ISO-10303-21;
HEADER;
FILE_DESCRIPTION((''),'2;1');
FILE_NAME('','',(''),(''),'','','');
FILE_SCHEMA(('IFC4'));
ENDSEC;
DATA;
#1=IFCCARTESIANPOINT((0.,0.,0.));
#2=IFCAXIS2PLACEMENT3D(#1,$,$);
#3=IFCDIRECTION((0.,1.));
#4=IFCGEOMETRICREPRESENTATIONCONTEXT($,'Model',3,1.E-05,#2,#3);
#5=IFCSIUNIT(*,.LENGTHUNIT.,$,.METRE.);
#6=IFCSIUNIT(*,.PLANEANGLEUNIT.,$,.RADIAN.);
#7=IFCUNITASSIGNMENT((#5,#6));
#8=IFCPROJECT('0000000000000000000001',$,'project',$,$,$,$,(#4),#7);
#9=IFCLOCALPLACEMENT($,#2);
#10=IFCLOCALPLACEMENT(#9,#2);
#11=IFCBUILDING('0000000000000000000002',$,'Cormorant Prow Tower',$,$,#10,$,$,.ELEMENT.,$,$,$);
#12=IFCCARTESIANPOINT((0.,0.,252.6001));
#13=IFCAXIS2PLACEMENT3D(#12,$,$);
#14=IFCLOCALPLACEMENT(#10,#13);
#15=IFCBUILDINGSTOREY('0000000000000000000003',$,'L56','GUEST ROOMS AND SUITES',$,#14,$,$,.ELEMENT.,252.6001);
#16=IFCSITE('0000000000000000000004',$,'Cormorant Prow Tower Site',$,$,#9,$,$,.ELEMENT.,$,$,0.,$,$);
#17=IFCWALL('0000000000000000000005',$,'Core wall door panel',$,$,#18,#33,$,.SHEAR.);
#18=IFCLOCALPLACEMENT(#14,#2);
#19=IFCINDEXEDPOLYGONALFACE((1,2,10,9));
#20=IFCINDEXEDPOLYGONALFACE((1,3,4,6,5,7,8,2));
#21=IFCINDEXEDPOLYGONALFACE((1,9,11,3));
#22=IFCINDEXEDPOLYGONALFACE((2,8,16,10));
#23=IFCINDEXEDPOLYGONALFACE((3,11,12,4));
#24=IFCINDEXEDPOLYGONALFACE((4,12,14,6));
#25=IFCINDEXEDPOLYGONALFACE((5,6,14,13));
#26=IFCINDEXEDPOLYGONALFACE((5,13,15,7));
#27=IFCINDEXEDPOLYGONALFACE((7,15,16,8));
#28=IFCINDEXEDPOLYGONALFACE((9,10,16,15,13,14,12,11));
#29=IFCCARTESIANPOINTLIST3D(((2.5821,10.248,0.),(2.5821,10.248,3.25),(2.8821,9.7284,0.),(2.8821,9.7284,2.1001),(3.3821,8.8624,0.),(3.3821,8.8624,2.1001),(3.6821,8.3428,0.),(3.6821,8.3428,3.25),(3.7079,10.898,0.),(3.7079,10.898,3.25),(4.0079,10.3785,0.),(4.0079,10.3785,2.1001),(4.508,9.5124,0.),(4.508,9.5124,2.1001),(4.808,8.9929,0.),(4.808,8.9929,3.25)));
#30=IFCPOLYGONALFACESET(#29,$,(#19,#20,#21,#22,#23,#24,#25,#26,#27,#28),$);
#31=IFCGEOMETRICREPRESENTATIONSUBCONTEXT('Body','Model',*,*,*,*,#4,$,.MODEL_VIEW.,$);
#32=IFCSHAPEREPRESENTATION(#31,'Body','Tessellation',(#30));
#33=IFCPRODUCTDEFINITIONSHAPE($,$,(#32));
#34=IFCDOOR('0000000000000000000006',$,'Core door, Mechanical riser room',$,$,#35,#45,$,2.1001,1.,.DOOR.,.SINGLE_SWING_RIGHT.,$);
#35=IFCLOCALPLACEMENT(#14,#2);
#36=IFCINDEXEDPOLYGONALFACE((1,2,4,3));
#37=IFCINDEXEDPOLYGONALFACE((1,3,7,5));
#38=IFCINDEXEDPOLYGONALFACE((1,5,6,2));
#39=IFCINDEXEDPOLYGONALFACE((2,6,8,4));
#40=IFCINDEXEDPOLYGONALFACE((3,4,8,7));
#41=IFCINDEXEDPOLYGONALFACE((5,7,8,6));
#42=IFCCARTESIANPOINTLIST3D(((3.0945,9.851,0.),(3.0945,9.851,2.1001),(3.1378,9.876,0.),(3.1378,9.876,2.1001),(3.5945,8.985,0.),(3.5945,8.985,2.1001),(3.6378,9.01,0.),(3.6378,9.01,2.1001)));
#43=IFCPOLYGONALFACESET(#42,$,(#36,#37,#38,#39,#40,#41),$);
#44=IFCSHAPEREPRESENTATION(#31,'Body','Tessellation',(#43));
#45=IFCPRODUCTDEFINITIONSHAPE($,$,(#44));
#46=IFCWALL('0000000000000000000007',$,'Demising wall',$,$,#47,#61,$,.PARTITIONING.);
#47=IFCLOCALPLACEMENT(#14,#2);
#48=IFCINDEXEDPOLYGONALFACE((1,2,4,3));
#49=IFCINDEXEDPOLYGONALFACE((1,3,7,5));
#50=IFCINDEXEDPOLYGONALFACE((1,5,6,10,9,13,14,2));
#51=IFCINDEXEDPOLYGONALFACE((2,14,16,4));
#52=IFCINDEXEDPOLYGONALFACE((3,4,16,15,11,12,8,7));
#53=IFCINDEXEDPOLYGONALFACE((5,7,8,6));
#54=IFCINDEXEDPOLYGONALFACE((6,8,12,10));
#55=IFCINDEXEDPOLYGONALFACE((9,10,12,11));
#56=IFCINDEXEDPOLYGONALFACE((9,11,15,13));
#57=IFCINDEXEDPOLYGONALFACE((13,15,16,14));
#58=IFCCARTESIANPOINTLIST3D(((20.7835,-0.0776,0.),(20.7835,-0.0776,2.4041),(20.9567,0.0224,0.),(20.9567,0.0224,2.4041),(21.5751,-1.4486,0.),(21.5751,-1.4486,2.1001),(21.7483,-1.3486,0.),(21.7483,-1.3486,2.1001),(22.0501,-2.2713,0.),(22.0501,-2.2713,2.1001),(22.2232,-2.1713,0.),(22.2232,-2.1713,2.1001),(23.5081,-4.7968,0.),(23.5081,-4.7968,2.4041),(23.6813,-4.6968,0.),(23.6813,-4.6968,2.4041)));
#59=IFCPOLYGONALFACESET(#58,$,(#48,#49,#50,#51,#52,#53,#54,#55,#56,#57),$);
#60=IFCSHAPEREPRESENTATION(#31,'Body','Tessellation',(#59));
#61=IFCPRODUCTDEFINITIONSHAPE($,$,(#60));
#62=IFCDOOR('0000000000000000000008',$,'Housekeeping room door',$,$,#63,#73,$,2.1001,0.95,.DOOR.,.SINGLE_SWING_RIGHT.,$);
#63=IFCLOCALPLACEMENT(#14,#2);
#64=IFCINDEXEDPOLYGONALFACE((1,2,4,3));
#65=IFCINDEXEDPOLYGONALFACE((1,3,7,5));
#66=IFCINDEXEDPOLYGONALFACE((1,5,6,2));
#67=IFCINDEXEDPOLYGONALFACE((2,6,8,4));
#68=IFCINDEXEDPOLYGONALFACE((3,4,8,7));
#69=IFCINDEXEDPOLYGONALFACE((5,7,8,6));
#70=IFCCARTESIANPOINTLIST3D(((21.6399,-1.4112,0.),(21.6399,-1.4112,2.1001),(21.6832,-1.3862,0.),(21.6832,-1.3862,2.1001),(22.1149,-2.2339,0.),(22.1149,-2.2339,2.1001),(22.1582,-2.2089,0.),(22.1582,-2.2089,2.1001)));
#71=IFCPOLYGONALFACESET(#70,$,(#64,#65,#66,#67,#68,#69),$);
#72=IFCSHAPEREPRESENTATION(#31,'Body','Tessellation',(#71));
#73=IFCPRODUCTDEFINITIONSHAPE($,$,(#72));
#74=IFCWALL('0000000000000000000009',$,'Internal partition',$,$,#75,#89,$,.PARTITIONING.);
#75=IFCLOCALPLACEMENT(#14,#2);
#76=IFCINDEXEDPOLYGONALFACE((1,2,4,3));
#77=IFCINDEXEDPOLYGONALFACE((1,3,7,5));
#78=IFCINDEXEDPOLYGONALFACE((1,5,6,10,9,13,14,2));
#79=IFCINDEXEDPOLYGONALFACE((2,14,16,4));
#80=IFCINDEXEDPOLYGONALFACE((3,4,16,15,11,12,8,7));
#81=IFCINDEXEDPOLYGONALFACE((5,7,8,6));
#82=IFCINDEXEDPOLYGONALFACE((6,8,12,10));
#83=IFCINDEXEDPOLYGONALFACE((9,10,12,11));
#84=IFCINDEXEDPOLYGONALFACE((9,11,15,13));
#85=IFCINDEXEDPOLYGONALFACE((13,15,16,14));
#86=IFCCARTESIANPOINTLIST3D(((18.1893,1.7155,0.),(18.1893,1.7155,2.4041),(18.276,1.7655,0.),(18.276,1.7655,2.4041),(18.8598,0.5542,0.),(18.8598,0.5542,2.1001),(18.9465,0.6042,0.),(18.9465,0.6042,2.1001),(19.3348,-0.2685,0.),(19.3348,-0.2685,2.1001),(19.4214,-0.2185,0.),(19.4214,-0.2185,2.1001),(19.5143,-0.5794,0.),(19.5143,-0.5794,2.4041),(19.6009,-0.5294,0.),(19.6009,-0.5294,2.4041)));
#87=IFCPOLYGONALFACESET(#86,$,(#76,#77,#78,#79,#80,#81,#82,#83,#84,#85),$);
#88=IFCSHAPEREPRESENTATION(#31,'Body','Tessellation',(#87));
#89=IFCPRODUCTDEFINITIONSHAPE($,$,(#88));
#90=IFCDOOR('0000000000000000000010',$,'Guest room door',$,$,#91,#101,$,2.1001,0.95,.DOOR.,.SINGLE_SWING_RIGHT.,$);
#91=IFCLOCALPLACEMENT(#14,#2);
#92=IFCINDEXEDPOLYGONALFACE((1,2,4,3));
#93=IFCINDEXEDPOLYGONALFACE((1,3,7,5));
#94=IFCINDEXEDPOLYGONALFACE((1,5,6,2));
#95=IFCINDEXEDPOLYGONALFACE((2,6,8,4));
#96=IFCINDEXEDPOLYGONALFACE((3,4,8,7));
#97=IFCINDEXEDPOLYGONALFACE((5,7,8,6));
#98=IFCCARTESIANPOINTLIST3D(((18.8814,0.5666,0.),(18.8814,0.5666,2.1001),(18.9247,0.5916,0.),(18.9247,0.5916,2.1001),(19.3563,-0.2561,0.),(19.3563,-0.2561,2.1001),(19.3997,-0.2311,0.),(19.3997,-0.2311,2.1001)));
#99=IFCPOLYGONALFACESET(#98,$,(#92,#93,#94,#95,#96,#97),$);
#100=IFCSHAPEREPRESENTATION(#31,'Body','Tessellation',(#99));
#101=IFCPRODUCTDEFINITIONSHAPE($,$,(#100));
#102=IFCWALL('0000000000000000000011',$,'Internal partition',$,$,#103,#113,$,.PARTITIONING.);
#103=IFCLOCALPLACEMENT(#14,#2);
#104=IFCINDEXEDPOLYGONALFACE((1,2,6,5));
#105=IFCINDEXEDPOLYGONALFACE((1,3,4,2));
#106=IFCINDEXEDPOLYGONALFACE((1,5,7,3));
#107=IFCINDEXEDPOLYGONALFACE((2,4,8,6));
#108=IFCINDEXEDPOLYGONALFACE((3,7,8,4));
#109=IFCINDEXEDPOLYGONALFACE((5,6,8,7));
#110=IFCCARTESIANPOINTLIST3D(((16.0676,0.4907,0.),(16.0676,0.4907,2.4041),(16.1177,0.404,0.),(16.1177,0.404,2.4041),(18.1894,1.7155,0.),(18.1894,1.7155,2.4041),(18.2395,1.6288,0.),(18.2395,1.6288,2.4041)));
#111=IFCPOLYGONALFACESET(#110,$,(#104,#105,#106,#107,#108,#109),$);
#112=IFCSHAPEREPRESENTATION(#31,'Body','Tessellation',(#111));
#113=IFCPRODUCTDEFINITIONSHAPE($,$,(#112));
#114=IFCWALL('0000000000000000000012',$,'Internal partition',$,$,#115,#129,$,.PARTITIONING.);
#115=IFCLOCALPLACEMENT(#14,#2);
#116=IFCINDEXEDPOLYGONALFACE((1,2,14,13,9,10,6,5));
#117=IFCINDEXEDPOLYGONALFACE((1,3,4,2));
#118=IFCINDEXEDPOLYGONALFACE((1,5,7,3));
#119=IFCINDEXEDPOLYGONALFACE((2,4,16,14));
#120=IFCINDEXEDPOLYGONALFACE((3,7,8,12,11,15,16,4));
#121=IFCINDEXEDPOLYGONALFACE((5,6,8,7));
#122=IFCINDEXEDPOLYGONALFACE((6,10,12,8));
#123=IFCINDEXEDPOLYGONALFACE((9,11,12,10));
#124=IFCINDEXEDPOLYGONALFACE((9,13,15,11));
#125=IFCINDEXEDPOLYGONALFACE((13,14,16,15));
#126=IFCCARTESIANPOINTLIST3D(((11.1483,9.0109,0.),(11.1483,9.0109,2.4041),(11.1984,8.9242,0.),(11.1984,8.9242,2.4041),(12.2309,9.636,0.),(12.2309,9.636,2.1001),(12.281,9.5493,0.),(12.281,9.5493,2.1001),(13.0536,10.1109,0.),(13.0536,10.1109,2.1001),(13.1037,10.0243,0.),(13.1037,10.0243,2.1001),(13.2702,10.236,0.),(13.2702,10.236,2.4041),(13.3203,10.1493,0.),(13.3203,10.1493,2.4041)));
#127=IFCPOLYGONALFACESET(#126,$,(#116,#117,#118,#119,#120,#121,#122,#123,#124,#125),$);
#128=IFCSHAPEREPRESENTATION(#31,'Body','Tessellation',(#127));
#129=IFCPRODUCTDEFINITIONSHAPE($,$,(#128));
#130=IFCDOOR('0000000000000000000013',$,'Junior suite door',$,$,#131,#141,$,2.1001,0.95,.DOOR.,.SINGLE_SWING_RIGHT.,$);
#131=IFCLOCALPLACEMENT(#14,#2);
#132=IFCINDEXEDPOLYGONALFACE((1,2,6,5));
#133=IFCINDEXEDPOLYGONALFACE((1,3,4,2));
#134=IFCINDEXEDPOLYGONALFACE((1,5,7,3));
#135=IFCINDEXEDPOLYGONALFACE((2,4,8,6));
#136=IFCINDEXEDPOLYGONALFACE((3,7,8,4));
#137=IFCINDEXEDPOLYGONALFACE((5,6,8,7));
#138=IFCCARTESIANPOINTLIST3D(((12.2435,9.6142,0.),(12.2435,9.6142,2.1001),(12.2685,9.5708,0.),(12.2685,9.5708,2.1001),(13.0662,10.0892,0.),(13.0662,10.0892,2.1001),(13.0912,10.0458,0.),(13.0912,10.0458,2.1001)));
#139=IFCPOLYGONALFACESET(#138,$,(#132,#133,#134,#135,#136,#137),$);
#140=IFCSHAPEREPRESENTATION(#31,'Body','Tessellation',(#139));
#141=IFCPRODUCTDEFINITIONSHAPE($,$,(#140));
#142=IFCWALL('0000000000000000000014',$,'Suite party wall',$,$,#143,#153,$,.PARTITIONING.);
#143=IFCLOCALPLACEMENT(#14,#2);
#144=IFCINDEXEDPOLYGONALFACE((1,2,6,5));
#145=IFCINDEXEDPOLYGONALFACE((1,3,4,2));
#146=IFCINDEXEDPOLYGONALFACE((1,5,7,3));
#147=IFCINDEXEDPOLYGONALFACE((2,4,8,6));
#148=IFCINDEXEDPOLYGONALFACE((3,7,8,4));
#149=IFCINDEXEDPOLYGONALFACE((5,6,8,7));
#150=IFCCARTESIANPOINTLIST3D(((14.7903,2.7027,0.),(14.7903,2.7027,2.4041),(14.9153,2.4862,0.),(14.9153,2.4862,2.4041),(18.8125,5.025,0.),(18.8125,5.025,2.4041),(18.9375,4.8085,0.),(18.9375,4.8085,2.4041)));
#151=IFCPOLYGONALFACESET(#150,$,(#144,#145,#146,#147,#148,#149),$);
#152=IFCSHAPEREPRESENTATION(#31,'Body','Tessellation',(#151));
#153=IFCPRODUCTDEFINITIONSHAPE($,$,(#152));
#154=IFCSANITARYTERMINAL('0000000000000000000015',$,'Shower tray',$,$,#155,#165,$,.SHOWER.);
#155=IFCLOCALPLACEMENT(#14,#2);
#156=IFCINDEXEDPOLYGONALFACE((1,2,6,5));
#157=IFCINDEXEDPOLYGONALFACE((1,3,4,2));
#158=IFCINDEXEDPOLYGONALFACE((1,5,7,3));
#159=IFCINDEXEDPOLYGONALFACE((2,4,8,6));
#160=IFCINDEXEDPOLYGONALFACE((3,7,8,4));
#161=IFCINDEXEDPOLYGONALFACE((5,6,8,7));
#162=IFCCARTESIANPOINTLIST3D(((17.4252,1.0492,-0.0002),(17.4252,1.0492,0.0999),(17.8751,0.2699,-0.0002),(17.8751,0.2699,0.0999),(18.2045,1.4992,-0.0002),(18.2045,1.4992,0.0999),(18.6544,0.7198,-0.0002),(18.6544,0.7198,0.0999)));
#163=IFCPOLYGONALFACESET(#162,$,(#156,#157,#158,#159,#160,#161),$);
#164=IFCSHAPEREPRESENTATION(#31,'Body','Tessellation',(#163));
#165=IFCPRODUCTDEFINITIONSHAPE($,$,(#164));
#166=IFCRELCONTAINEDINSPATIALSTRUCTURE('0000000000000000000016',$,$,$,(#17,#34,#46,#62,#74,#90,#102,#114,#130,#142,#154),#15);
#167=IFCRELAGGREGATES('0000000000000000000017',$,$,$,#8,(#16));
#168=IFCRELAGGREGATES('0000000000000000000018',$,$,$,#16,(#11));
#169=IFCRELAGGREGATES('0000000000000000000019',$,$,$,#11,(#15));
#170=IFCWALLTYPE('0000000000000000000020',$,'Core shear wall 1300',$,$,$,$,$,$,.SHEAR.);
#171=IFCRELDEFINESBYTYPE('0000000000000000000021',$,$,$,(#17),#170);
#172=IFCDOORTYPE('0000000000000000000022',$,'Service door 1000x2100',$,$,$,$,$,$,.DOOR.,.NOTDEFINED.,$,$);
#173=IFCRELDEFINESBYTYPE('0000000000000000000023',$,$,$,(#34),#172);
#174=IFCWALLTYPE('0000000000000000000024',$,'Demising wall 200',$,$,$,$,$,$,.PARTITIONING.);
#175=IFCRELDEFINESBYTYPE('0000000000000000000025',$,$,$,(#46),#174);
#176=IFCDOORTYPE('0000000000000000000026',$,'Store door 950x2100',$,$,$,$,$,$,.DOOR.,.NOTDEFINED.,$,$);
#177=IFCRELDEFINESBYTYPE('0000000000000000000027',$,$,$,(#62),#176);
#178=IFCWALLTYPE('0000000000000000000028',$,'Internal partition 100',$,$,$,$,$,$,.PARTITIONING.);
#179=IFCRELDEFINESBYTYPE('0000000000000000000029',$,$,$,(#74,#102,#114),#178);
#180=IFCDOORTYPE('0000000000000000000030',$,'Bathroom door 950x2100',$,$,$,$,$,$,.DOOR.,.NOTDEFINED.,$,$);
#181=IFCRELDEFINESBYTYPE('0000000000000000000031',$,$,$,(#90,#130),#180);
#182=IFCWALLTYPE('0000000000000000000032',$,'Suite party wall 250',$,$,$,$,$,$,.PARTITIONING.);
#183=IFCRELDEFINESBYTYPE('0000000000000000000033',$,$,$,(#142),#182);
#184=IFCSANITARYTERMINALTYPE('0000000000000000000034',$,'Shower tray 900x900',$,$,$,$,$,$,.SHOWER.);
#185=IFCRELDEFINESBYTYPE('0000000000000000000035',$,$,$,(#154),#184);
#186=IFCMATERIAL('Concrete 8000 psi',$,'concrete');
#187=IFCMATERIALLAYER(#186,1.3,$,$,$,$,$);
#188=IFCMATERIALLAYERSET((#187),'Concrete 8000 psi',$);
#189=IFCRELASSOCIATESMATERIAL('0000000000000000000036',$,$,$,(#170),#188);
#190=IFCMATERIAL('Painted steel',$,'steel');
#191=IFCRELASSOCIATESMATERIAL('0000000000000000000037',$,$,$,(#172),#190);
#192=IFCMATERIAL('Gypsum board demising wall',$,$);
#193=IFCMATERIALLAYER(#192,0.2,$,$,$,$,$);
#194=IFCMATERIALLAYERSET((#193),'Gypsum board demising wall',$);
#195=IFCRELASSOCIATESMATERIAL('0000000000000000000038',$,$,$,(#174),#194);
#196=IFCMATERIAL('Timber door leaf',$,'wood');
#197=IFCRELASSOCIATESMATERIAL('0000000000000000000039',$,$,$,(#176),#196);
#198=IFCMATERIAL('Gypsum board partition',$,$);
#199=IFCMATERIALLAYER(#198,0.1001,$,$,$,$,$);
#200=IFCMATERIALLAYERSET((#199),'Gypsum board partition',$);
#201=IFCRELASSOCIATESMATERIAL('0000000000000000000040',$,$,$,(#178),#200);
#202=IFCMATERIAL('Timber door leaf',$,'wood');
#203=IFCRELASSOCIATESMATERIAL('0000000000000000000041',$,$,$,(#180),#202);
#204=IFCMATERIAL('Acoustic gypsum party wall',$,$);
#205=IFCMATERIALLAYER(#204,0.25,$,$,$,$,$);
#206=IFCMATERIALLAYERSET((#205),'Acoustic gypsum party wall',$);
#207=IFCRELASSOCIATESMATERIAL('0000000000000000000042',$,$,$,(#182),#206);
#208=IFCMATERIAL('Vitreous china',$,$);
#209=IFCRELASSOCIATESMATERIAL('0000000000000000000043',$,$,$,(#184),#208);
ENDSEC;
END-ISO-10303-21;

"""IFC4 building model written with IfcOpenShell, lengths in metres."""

from ifc_helpers import new_model, si_unit, direction, frame, frame_2d, origin, origin_2d, place, context, subcontext, project, spatial, rectangle, extrude, material, layer, layer_set, type_object, element, fill, save


model = new_model("IFC4")

# Units and contexts
model_context = context("Model", 3, precision=1e-05, world=origin(), true_north=direction((0.0, 1.0)))
body_context = subcontext(model_context, "Body", "Model", "MODEL_VIEW")
ifc_project = project(units=[si_unit("LENGTHUNIT", "METRE"), si_unit("PLANEANGLEUNIT", "RADIAN")], contexts=[model_context])

# Site, building, storey
site_placement = place(None, origin())
site = spatial("IfcSite", under=ifc_project, at=site_placement, Name="Cormorant Prow Tower Site", CompositionType="ELEMENT", RefElevation=0.0)
building_placement = place(site_placement, origin())
building = spatial("IfcBuilding", under=site, at=building_placement, Name="Cormorant Prow Tower", CompositionType="ELEMENT")
storey_placement = place(building_placement, frame((0.0, 0.0, 252.6001)))
storey = spatial("IfcBuildingStorey", under=building, at=storey_placement, Name="L56", Description="GUEST ROOMS AND SUITES", CompositionType="ELEMENT", Elevation=252.6001)

# Walls, openings, doors
ifc_material_1 = material(Name="Concrete 8000 psi", Category="concrete")
ifc_layer_1 = layer(ifc_material_1, 1.3)
ifc_layer_set_1 = layer_set([ifc_layer_1], Name="Concrete 8000 psi")
wall_type_1 = type_object("IfcWallType", Name="Core shear wall 1300", PredefinedType="SHEAR", material=ifc_layer_set_1)
wall_1_placement = place(storey_placement, frame((4.2451, 8.6677, 0.0), z_axis=(0.0, 0.0, 1.0), x_axis=(-0.50003, 0.866008, 0.0)))
wall_1 = element("IfcWall", 1, at=wall_1_placement, inside=storey, type_object=wall_type_1, Name="Core wall door panel", PredefinedType="SHEAR", context=body_context, shape_type="SweptSolid", body=[
    extrude(rectangle(XDim=2.2, YDim=1.3, at=frame_2d((1.1001, 0.0))), origin(), (0.0, 0.0, 1.0), 3.25),
])
opening_1_placement = place(wall_1_placement, frame((0.6001, 0.0, 0.0)))
opening_1 = element("IfcOpeningElement", 2, at=opening_1_placement, cuts=wall_1, PredefinedType="OPENING", context=body_context, shape_type="SweptSolid", body=[
    extrude(rectangle(XDim=1.0, YDim=2.1001, at=frame_2d((0.5, 1.05))), frame((0.0, 0.6599, 0.0), z_axis=(0.0, -1.0, 0.0), x_axis=(1.0, 0.0, 0.0)), (0.0, 0.0, 1.0), 1.3201),
])
ifc_material_2 = material(Name="Painted steel", Category="steel")
door_type_1 = type_object("IfcDoorType", Name="Service door 1000x2100", OperationType="NOTDEFINED", PredefinedType="DOOR", material=ifc_material_2)
door_1_placement = place(opening_1_placement, origin())
door_1 = element("IfcDoor", 3, at=door_1_placement, inside=storey, type_object=door_type_1, Name="Core door, Mechanical riser room", OperationType="SINGLE_SWING_RIGHT", OverallHeight=2.1001, OverallWidth=1.0, PredefinedType="DOOR", context=body_context, shape_type="SweptSolid", body=[
    extrude(rectangle(XDim=1.0, YDim=2.1001, at=frame_2d((0.5, 1.05))), frame((0.0, 0.4048, 0.0), z_axis=(0.0, -1.0, 0.0), x_axis=(1.0, 0.0, 0.0)), (0.0, 0.0, 1.0), 0.05),
])
fill(opening_1, door_1)
ifc_material_3 = material(Name="Gypsum board demising wall")
ifc_layer_2 = layer(ifc_material_3, 0.2)
ifc_layer_set_2 = layer_set([ifc_layer_2], Name="Gypsum board demising wall")
wall_type_2 = type_object("IfcWallType", Name="Demising wall 200", PredefinedType="PARTITIONING", material=ifc_layer_set_2)
wall_2_placement = place(storey_placement, frame((20.8701, -0.0276, 0.0), z_axis=(0.0, 0.0, 1.0), x_axis=(0.499994, -0.866029, 0.0)))
wall_2 = element("IfcWall", 4, at=wall_2_placement, inside=storey, type_object=wall_type_2, Name="Demising wall", PredefinedType="PARTITIONING", context=body_context, shape_type="SweptSolid", body=[
    extrude(rectangle(XDim=5.4492, YDim=0.2, at=frame_2d((2.7246, 0.0))), origin(), (0.0, 0.0, 1.0), 2.4041),
])
opening_2_placement = place(wall_2_placement, frame((1.583, 0.0, 0.0)))
opening_2 = element("IfcOpeningElement", 5, at=opening_2_placement, cuts=wall_2, PredefinedType="OPENING", context=body_context, shape_type="SweptSolid", body=[
    extrude(rectangle(XDim=0.95, YDim=2.1001, at=frame_2d((0.4751, 1.05))), frame((0.0, 0.1099, 0.0), z_axis=(0.0, -1.0, 0.0), x_axis=(1.0, 0.0, 0.0)), (0.0, 0.0, 1.0), 0.22),
])
ifc_material_4 = material(Name="Timber door leaf", Category="wood")
door_type_2 = type_object("IfcDoorType", Name="Store door 950x2100", OperationType="NOTDEFINED", PredefinedType="DOOR", material=ifc_material_4)
door_2_placement = place(opening_2_placement, origin())
door_2 = element("IfcDoor", 6, at=door_2_placement, inside=storey, type_object=door_type_2, Name="Housekeeping room door", OperationType="SINGLE_SWING_RIGHT", OverallHeight=2.1001, OverallWidth=0.95, PredefinedType="DOOR", context=body_context, shape_type="SweptSolid", body=[
    extrude(rectangle(XDim=0.95, YDim=2.1001, at=frame_2d((0.4751, 1.05))), frame((0.0, 0.0249, 0.0), z_axis=(0.0, -1.0, 0.0), x_axis=(1.0, 0.0, 0.0)), (0.0, 0.0, 1.0), 0.05),
])
fill(opening_2, door_2)
ifc_material_5 = material(Name="Gypsum board partition")
ifc_layer_3 = layer(ifc_material_5, 0.1001)
ifc_layer_set_3 = layer_set([ifc_layer_3], Name="Gypsum board partition")
wall_type_3 = type_object("IfcWallType", Name="Internal partition 100", PredefinedType="PARTITIONING", material=ifc_layer_set_3)
wall_3_placement = place(storey_placement, frame((18.2327, 1.7405, 0.0), z_axis=(0.0, 0.0, 1.0), x_axis=(0.499994, -0.866029, 0.0)))
wall_3 = element("IfcWall", 7, at=wall_3_placement, inside=storey, type_object=wall_type_3, Name="Internal partition", PredefinedType="PARTITIONING", context=body_context, shape_type="SweptSolid", body=[
    extrude(rectangle(XDim=2.6499, YDim=0.1001, at=frame_2d((1.325, 0.0))), origin(), (0.0, 0.0, 1.0), 2.4041),
])
opening_3_placement = place(wall_3_placement, frame((1.3408, 0.0, 0.0)))
opening_3 = element("IfcOpeningElement", 8, at=opening_3_placement, cuts=wall_3, PredefinedType="OPENING", context=body_context, shape_type="SweptSolid", body=[
    extrude(rectangle(XDim=0.95, YDim=2.1001, at=frame_2d((0.4751, 1.05))), frame((0.0, 0.0601, 0.0), z_axis=(0.0, -1.0, 0.0), x_axis=(1.0, 0.0, 0.0)), (0.0, 0.0, 1.0), 0.1201),
])
ifc_material_6 = material(Name="Timber door leaf", Category="wood")
door_type_3 = type_object("IfcDoorType", Name="Bathroom door 950x2100", OperationType="NOTDEFINED", PredefinedType="DOOR", material=ifc_material_6)
door_3_placement = place(opening_3_placement, origin())
door_3 = element("IfcDoor", 9, at=door_3_placement, inside=storey, type_object=door_type_3, Name="Guest room door", OperationType="SINGLE_SWING_RIGHT", OverallHeight=2.1001, OverallWidth=0.95, PredefinedType="DOOR", context=body_context, shape_type="SweptSolid", body=[
    extrude(rectangle(XDim=0.95, YDim=2.1001, at=frame_2d((0.4751, 1.05))), frame((0.0, 0.0249, 0.0), z_axis=(0.0, -1.0, 0.0), x_axis=(1.0, 0.0, 0.0)), (0.0, 0.0, 1.0), 0.05),
])
fill(opening_3, door_3)

# Wall
wall_4_placement = place(storey_placement, frame((16.0925, 0.4473, 0.0), z_axis=(0.0, 0.0, 1.0), x_axis=(0.866058, 0.499944, 0.0)))
element("IfcWall", 10, at=wall_4_placement, inside=storey, type_object=wall_type_3, Name="Internal partition", PredefinedType="PARTITIONING", context=body_context, shape_type="SweptSolid", body=[
    extrude(rectangle(XDim=2.45, YDim=0.1001, at=frame_2d((1.2251, 0.0))), origin(), (0.0, 0.0, 1.0), 2.4041),
])

# Wall, opening, door
wall_5_placement = place(storey_placement, frame((11.1733, 8.9675, 0.0), z_axis=(0.0, 0.0, 1.0), x_axis=(0.866015, 0.500019, 0.0)))
wall_5 = element("IfcWall", 11, at=wall_5_placement, inside=storey, type_object=wall_type_3, Name="Internal partition", PredefinedType="PARTITIONING", context=body_context, shape_type="SweptSolid", body=[
    extrude(rectangle(XDim=2.4502, YDim=0.1001, at=frame_2d((1.2251, 0.0))), origin(), (0.0, 0.0, 1.0), 2.4041),
])
opening_4_placement = place(wall_5_placement, frame((1.25, 0.0, 0.0)))
opening_4 = element("IfcOpeningElement", 12, at=opening_4_placement, cuts=wall_5, PredefinedType="OPENING", context=body_context, shape_type="SweptSolid", body=[
    extrude(rectangle(XDim=0.95, YDim=2.1001, at=frame_2d((0.4751, 1.05))), frame((0.0, 0.0601, 0.0), z_axis=(0.0, -1.0, 0.0), x_axis=(1.0, 0.0, 0.0)), (0.0, 0.0, 1.0), 0.1201),
])
door_4_placement = place(opening_4_placement, origin())
door_4 = element("IfcDoor", 13, at=door_4_placement, inside=storey, type_object=door_type_3, Name="Junior suite door", OperationType="SINGLE_SWING_RIGHT", OverallHeight=2.1001, OverallWidth=0.95, PredefinedType="DOOR", context=body_context, shape_type="SweptSolid", body=[
    extrude(rectangle(XDim=0.95, YDim=2.1001, at=frame_2d((0.4751, 1.05))), frame((0.0, 0.0249, 0.0), z_axis=(0.0, -1.0, 0.0), x_axis=(1.0, 0.0, 0.0)), (0.0, 0.0, 1.0), 0.05),
])
fill(opening_4, door_4)

# Wall
ifc_material_7 = material(Name="Acoustic gypsum party wall")
ifc_layer_4 = layer(ifc_material_7, 0.25)
ifc_layer_set_4 = layer_set([ifc_layer_4], Name="Acoustic gypsum party wall")
wall_type_4 = type_object("IfcWallType", Name="Suite party wall 250", PredefinedType="PARTITIONING", material=ifc_layer_set_4)
wall_6_placement = place(storey_placement, frame((14.8528, 2.5945, 0.0), z_axis=(0.0, 0.0, 1.0), x_axis=(0.866022, 0.500006, 0.0)))
element("IfcWall", 14, at=wall_6_placement, inside=storey, type_object=wall_type_4, Name="Suite party wall", PredefinedType="PARTITIONING", context=body_context, shape_type="SweptSolid", body=[
    extrude(rectangle(XDim=4.6445, YDim=0.25, at=frame_2d((2.3223, 0.0))), origin(), (0.0, 0.0, 1.0), 2.4041),
])

# Sanitary terminal
ifc_material_8 = material(Name="Vitreous china")
sanitary_terminal_type_1 = type_object("IfcSanitaryTerminalType", Name="Shower tray 900x900", PredefinedType="SHOWER", material=ifc_material_8)
for number, where, z_axis, x_axis, name in (
    (15, (18.0398, 0.8845, -0.0002), (0.0, 0.0, 1.0), (0.5, -0.866025, 0.0), "Shower tray"),
):
    element("IfcSanitaryTerminal", number, at=place(storey_placement, frame(where, z_axis=z_axis, x_axis=x_axis)), inside=storey, type_object=sanitary_terminal_type_1, Name=name, PredefinedType="SHOWER", context=body_context, shape_type="SweptSolid", body=[
        extrude(rectangle(XDim=0.8999, YDim=0.8999, at=origin_2d()), origin(), (0.0, 0.0, 1.0), 0.1001),
    ])

save(model, "model.ifc")
